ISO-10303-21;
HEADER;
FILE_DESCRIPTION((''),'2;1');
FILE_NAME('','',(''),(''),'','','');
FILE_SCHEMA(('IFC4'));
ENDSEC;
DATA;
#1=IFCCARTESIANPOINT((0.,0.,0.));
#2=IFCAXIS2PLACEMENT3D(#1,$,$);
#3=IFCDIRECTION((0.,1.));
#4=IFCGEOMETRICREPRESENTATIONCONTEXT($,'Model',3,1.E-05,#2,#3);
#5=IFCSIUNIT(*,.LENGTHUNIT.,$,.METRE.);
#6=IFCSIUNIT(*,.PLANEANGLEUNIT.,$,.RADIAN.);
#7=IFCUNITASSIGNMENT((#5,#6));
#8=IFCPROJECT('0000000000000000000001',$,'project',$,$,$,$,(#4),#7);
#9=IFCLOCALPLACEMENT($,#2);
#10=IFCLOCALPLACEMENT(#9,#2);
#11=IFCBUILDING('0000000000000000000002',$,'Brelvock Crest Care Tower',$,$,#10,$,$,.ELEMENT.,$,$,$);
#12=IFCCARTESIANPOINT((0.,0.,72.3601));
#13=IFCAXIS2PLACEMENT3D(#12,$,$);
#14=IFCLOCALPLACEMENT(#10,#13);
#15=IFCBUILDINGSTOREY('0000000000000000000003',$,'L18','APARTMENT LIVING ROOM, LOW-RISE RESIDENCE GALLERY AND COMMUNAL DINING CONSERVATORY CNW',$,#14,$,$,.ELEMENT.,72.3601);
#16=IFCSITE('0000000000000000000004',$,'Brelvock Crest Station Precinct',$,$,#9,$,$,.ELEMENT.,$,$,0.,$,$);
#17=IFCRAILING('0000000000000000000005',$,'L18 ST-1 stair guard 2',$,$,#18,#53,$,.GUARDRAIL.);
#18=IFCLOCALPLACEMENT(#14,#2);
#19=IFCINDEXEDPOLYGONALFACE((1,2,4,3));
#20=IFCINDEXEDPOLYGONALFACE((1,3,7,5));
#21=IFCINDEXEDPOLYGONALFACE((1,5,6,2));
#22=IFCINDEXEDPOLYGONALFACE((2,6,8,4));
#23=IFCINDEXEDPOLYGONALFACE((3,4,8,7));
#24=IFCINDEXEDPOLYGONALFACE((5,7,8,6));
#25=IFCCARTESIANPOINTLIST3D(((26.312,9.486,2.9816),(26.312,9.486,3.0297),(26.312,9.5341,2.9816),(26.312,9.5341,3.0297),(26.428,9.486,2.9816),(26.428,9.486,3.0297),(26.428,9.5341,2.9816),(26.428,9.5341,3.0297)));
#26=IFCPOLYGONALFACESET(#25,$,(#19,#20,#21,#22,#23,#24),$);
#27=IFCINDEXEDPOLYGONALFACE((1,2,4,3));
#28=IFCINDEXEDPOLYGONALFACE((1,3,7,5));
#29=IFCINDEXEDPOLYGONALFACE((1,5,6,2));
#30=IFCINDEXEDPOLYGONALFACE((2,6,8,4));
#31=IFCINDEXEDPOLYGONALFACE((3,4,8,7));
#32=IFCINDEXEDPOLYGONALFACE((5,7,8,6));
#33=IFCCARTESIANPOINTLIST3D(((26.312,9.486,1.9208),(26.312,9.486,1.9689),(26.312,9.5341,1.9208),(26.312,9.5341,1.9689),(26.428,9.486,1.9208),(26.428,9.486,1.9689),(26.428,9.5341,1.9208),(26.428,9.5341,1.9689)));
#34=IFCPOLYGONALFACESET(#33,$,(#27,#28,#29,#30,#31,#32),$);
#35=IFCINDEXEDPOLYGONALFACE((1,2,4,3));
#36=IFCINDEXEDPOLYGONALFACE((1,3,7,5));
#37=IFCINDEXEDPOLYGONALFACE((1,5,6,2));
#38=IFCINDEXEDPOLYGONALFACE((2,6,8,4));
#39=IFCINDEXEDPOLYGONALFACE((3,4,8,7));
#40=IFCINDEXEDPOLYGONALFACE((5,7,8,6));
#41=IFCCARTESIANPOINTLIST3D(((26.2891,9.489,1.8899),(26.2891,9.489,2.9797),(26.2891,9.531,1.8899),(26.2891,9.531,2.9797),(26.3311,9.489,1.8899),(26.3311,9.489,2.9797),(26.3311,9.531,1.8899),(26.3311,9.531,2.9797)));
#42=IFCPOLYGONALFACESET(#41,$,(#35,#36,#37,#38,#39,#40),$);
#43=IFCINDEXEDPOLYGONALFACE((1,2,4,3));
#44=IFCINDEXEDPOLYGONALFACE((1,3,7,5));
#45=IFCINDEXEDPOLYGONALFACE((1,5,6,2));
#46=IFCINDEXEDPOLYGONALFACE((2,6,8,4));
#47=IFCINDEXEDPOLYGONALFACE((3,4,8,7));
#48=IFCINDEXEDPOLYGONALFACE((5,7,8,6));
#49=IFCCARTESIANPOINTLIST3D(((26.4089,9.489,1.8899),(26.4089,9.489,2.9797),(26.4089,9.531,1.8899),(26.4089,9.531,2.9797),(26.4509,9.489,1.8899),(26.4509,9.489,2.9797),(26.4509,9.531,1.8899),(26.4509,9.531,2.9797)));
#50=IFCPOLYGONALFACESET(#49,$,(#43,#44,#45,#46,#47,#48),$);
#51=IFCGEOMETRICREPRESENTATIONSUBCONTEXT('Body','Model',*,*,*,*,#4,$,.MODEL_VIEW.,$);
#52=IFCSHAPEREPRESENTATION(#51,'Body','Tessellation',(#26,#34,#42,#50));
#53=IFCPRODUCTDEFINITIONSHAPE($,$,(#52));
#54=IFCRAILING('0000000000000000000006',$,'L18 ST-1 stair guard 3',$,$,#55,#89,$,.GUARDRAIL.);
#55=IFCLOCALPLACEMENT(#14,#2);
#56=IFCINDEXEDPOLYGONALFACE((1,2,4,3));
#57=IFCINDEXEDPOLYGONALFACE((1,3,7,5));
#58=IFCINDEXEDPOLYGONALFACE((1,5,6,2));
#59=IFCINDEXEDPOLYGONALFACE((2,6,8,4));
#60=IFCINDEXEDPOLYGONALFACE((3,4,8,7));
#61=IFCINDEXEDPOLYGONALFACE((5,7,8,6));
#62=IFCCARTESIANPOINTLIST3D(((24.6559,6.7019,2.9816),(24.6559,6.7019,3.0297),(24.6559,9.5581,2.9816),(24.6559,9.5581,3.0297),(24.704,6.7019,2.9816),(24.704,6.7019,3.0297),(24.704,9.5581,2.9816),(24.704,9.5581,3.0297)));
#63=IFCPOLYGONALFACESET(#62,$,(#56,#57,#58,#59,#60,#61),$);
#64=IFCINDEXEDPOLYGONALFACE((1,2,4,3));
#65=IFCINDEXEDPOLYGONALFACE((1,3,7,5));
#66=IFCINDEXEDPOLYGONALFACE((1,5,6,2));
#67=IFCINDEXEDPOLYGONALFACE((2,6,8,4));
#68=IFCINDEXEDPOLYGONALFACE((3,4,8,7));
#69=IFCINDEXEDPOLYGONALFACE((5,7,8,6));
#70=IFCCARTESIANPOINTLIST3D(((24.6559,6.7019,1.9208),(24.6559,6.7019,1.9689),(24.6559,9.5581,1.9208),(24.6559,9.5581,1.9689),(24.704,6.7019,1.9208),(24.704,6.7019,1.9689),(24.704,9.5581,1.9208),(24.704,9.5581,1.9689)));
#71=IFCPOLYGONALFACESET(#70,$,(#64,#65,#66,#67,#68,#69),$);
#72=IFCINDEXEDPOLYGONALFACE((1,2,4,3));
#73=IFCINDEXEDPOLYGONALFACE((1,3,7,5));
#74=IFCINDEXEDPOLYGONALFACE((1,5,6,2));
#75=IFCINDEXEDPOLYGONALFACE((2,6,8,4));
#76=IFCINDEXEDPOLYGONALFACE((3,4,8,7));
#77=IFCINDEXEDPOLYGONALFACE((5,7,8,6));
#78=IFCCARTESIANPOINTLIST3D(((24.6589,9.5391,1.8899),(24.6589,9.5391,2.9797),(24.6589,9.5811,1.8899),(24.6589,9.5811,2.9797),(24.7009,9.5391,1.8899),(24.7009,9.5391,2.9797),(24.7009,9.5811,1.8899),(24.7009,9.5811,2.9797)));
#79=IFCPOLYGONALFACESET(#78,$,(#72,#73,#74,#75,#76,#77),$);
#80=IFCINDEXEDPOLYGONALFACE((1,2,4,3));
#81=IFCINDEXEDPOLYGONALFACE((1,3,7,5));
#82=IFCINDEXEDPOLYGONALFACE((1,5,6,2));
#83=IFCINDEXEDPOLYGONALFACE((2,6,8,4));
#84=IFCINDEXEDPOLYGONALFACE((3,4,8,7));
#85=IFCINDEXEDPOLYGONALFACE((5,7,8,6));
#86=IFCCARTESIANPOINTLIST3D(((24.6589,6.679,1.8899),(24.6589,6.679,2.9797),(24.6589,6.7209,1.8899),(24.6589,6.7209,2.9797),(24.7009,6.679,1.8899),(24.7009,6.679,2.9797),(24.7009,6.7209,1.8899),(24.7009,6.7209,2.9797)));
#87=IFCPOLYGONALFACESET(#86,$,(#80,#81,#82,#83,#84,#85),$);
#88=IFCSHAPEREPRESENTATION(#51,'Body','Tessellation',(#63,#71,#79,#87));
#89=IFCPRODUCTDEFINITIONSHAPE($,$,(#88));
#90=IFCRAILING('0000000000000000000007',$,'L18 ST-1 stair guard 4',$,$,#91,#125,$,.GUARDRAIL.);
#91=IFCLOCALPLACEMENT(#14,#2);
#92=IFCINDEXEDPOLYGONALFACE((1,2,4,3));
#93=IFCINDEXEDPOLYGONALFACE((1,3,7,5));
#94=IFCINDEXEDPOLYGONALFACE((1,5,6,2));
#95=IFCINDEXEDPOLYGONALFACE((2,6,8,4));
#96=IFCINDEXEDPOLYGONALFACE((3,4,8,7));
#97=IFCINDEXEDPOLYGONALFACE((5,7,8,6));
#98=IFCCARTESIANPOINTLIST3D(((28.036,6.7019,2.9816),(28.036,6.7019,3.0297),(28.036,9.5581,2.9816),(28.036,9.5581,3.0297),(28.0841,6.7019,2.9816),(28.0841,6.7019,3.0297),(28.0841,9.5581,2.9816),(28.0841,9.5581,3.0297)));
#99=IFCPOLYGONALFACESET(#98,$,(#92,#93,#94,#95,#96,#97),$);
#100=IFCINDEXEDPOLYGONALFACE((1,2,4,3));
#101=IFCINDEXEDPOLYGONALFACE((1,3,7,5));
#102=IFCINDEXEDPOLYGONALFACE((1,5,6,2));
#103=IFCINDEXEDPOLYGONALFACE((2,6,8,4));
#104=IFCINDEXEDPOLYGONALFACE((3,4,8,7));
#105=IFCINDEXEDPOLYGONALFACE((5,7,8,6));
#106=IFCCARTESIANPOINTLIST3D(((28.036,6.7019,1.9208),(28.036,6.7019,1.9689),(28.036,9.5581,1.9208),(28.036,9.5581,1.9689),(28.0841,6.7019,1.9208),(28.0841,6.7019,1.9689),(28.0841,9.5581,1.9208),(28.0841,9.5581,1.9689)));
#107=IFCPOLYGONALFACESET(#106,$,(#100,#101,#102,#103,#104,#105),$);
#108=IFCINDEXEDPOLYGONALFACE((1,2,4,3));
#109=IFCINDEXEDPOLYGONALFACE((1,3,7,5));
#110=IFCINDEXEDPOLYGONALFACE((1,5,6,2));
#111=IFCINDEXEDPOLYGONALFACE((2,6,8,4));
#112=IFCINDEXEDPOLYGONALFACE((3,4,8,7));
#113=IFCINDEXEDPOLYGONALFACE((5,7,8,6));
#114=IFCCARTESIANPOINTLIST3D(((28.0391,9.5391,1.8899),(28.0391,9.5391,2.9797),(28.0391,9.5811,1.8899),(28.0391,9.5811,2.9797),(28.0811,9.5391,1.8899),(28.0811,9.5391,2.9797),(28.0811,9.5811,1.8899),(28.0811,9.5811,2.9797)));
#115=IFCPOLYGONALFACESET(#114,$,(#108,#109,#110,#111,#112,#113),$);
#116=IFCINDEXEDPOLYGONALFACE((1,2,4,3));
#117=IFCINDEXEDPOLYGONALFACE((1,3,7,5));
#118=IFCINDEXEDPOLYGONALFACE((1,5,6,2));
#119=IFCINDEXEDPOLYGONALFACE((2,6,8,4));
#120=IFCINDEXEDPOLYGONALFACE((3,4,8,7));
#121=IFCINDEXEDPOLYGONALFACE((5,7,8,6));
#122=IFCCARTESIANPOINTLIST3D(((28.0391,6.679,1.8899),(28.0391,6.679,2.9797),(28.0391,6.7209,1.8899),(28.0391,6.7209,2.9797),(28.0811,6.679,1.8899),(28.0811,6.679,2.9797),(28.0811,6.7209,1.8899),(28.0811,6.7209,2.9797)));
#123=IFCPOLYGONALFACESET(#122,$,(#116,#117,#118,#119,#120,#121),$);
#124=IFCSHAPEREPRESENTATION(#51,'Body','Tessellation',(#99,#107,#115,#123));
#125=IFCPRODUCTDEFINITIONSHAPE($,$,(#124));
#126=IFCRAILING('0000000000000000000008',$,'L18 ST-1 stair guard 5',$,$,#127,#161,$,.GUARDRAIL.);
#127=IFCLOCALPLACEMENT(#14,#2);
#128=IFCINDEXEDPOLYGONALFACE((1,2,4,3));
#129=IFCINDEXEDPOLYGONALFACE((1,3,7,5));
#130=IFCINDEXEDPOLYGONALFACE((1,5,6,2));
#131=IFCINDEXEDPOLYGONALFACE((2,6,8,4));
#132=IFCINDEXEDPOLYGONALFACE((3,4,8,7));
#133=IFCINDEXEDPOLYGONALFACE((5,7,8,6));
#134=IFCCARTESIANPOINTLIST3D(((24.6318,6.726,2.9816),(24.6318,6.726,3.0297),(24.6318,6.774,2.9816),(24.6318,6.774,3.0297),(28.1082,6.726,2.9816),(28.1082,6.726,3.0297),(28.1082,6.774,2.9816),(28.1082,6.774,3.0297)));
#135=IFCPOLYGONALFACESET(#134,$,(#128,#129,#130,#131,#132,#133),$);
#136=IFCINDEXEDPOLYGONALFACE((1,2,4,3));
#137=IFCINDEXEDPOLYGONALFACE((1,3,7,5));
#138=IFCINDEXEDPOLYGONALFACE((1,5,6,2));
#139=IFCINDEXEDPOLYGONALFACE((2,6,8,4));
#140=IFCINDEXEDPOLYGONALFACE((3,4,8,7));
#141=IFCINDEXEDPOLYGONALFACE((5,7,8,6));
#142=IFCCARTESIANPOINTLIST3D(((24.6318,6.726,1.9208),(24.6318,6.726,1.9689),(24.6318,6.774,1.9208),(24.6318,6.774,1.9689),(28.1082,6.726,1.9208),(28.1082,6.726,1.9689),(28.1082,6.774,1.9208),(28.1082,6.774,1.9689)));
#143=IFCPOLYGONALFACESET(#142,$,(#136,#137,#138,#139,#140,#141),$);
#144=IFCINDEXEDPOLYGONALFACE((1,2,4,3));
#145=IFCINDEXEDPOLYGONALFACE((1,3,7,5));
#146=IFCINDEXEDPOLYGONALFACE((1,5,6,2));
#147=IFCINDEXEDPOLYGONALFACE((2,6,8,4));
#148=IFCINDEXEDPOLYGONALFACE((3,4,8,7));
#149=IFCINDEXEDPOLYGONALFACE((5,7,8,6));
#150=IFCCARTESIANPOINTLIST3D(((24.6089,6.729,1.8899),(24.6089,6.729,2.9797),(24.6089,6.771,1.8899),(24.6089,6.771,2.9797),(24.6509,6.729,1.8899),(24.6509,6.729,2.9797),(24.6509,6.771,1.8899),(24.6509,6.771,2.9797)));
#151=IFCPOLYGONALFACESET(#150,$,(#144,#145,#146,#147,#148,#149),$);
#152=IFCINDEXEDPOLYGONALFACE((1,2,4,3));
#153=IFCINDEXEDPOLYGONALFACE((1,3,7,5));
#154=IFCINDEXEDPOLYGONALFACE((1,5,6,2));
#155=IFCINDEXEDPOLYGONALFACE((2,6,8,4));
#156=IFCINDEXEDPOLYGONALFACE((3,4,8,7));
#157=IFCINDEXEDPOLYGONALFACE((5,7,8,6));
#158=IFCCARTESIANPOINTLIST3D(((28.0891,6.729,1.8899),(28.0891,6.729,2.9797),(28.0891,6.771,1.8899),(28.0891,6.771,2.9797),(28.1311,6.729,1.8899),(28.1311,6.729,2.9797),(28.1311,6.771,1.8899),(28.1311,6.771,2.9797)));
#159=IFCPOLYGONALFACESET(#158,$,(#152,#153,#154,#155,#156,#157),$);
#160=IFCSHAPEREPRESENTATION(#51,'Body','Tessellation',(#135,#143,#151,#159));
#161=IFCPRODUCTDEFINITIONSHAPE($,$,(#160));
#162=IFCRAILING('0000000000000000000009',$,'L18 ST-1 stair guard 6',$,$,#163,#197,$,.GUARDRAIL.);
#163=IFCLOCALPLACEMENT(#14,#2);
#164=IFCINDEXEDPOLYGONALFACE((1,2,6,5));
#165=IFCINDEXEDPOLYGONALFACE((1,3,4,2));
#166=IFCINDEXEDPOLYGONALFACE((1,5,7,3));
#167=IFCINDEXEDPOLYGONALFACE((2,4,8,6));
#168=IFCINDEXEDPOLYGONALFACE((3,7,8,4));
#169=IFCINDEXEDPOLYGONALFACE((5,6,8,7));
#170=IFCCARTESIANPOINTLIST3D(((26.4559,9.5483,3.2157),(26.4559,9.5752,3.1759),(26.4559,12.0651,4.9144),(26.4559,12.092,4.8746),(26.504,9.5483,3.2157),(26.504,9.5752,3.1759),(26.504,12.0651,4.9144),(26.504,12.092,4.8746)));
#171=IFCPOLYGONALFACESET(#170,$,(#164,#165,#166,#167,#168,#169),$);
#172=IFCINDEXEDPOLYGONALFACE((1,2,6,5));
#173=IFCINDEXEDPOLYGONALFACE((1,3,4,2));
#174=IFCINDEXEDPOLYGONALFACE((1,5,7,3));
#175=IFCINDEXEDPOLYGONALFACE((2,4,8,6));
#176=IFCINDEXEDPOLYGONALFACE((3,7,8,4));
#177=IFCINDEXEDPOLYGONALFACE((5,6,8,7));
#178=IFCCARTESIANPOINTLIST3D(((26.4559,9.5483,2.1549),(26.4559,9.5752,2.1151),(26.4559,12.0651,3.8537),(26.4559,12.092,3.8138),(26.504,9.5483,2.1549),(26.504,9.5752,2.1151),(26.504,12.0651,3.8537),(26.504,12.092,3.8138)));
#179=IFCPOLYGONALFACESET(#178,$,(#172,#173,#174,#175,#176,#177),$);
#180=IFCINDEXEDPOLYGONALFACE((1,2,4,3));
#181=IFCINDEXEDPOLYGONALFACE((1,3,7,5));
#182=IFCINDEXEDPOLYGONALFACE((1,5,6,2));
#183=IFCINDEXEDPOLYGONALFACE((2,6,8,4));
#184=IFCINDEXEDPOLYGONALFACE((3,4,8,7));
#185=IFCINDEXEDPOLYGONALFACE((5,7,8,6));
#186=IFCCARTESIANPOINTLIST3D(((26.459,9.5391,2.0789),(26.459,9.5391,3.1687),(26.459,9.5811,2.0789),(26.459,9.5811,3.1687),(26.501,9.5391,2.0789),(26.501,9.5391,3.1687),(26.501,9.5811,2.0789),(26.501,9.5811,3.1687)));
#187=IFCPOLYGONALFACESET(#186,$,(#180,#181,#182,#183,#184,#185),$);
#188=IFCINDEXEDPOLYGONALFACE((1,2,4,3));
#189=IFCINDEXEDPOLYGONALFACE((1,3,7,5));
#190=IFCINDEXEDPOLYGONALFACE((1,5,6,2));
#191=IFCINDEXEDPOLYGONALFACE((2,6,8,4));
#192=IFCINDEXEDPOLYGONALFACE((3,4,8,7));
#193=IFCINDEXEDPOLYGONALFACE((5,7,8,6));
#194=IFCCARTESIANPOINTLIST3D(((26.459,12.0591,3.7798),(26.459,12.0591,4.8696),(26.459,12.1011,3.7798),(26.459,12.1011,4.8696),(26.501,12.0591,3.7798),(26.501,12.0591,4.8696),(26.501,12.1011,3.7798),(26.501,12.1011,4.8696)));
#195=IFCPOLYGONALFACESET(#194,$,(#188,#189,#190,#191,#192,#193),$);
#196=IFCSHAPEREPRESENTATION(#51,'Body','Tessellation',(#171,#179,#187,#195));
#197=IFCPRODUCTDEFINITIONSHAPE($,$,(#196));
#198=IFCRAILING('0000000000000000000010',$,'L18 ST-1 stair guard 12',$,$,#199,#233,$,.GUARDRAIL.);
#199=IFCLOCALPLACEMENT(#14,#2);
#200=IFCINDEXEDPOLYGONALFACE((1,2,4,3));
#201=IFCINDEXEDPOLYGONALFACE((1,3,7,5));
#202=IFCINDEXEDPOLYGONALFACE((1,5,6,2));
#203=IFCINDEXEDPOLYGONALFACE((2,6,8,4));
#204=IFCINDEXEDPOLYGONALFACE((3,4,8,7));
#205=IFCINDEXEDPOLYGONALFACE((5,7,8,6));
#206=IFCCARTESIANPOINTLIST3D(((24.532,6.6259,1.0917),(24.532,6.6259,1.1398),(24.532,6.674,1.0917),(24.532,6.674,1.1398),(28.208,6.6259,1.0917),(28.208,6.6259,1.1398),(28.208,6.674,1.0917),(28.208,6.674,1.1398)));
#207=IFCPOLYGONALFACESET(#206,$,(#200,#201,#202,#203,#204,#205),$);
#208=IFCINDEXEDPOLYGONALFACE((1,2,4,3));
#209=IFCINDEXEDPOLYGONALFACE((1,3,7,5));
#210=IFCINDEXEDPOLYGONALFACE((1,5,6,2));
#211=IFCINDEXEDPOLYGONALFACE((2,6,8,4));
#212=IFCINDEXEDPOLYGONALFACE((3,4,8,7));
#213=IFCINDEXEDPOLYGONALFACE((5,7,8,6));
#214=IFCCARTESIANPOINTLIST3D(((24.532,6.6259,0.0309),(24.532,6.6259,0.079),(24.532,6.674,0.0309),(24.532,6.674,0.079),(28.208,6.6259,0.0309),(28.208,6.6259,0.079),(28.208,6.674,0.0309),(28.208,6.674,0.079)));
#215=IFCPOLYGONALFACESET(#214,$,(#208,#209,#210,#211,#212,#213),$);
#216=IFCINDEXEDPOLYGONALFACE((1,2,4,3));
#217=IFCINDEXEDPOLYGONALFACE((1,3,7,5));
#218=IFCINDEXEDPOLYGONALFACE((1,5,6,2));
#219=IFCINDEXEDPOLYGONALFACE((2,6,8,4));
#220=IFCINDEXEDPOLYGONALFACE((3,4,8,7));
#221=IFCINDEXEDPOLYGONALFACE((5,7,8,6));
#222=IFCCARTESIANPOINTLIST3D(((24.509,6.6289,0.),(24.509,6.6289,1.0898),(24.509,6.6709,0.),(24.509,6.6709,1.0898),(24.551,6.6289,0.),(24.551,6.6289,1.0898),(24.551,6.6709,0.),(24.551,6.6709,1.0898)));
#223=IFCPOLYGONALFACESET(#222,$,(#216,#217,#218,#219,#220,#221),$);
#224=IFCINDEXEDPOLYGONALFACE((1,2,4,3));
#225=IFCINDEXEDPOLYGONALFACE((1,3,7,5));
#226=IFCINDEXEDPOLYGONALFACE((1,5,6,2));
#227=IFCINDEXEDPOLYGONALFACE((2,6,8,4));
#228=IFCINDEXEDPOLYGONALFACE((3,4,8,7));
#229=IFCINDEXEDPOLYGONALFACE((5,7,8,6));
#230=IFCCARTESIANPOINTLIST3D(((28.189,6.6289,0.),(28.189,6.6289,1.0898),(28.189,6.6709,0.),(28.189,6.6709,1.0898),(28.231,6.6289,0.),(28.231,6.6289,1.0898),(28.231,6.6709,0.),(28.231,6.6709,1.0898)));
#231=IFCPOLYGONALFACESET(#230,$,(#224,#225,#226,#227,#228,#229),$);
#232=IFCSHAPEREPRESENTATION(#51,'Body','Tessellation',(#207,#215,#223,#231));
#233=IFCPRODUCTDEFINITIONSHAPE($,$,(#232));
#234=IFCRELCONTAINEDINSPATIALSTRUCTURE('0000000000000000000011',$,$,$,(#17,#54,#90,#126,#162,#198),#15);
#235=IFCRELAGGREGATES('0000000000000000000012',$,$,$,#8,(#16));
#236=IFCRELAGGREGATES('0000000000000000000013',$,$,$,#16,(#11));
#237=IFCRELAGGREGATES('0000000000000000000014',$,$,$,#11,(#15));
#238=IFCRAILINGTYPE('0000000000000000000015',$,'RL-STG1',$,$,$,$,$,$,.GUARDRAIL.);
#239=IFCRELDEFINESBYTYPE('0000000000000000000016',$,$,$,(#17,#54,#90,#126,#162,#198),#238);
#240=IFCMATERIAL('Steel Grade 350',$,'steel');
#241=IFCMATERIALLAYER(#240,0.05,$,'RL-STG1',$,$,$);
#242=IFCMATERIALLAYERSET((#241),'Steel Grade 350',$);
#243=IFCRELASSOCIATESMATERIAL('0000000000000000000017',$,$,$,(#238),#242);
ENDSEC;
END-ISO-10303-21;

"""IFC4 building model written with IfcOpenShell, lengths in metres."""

from ifc_helpers import new_model, si_unit, direction, frame, origin, origin_2d, place, context, subcontext, project, spatial, rectangle, extrude, material, layer, layer_set, type_object, element, save


model = new_model("IFC4")

# Units and contexts
model_context = context("Model", 3, precision=1e-05, world=origin(), true_north=direction((0.0, 1.0)))
body_context = subcontext(model_context, "Body", "Model", "MODEL_VIEW")
ifc_project = project(units=[si_unit("LENGTHUNIT", "METRE"), si_unit("PLANEANGLEUNIT", "RADIAN")], contexts=[model_context])

# Site, building, storey
site_placement = place(None, origin())
site = spatial("IfcSite", under=ifc_project, at=site_placement, Name="Brelvock Crest Station Precinct", CompositionType="ELEMENT", RefElevation=0.0)
building_placement = place(site_placement, origin())
building = spatial("IfcBuilding", under=site, at=building_placement, Name="Brelvock Crest Care Tower", CompositionType="ELEMENT")
storey_placement = place(building_placement, frame((0.0, 0.0, 72.3601)))
storey = spatial("IfcBuildingStorey", under=building, at=storey_placement, Name="L18", Description="APARTMENT LIVING ROOM, LOW-RISE RESIDENCE GALLERY AND COMMUNAL DINING CONSERVATORY CNW", CompositionType="ELEMENT", Elevation=72.3601)

# Shared definitions
ifc_material_1 = material(Name="Steel Grade 350", Category="steel")

# Railings
ifc_layer_1 = layer(ifc_material_1, 0.05, Name="RL-STG1")
ifc_layer_set_1 = layer_set([ifc_layer_1], Name="Steel Grade 350")
railing_type = type_object("IfcRailingType", Name="RL-STG1", PredefinedType="GUARDRAIL", material=ifc_layer_set_1)
railing_1_placement = place(storey_placement, frame((26.3101, 9.51, 1.8899)))
element("IfcRailing", 1, at=railing_1_placement, inside=storey, type_object=railing_type, Name="L18 ST-1 stair guard 2", PredefinedType="GUARDRAIL", context=body_context, shape_type="SweptSolid", body=[
    extrude(rectangle(XDim=0.0481, YDim=0.0481, at=origin_2d()), frame((0.002, 0.0, 1.1157), z_axis=(1.0, 0.0, 0.0), x_axis=(0.0, 1.0, 0.0)), (0.0, 0.0, 1.0), 0.116),
    extrude(rectangle(XDim=0.0481, YDim=0.0481, at=origin_2d()), frame((0.002, 0.0, 0.0549), z_axis=(1.0, 0.0, 0.0), x_axis=(0.0, 1.0, 0.0)), (0.0, 0.0, 1.0), 0.116),
    extrude(rectangle(XDim=0.042, YDim=0.042, at=origin_2d()), origin(), (0.0, 0.0, 1.0), 1.0898),
    extrude(rectangle(XDim=0.042, YDim=0.042, at=origin_2d()), frame((0.1199, 0.0, 0.0)), (0.0, 0.0, 1.0), 1.0898),
])
for number, where, name in (
    (2, (24.6799, 9.5601, 1.8899), "L18 ST-1 stair guard 3"),
    (3, (28.0601, 9.5601, 1.8899), "L18 ST-1 stair guard 4"),
):
    element("IfcRailing", number, at=place(storey_placement, frame(where)), inside=storey, type_object=railing_type, Name=name, PredefinedType="GUARDRAIL", context=body_context, shape_type="SweptSolid", body=[
        extrude(rectangle(XDim=0.0481, YDim=0.0481, at=origin_2d()), frame((0.0, -0.002, 1.1157), z_axis=(0.0, -1.0, 0.0), x_axis=(1.0, 0.0, 0.0)), (0.0, 0.0, 1.0), 2.8562),
        extrude(rectangle(XDim=0.0481, YDim=0.0481, at=origin_2d()), frame((0.0, -0.002, 0.0549), z_axis=(0.0, -1.0, 0.0), x_axis=(1.0, 0.0, 0.0)), (0.0, 0.0, 1.0), 2.8562),
        extrude(rectangle(XDim=0.042, YDim=0.042, at=origin_2d()), origin(), (0.0, 0.0, 1.0), 1.0898),
        extrude(rectangle(XDim=0.042, YDim=0.042, at=origin_2d()), frame((0.0, -2.8601, 0.0)), (0.0, 0.0, 1.0), 1.0898),
    ])
railing_2_placement = place(storey_placement, frame((24.6299, 6.75, 1.8899)))
element("IfcRailing", 4, at=railing_2_placement, inside=storey, type_object=railing_type, Name="L18 ST-1 stair guard 5", PredefinedType="GUARDRAIL", context=body_context, shape_type="SweptSolid", body=[
    extrude(rectangle(XDim=0.0481, YDim=0.0481, at=origin_2d()), frame((0.002, 0.0, 1.1157), z_axis=(1.0, 0.0, 0.0), x_axis=(0.0, 1.0, 0.0)), (0.0, 0.0, 1.0), 3.4763),
    extrude(rectangle(XDim=0.0481, YDim=0.0481, at=origin_2d()), frame((0.002, 0.0, 0.0549), z_axis=(1.0, 0.0, 0.0), x_axis=(0.0, 1.0, 0.0)), (0.0, 0.0, 1.0), 3.4763),
    extrude(rectangle(XDim=0.042, YDim=0.042, at=origin_2d()), origin(), (0.0, 0.0, 1.0), 1.0898),
    extrude(rectangle(XDim=0.042, YDim=0.042, at=origin_2d()), frame((3.4802, 0.0, 0.0)), (0.0, 0.0, 1.0), 1.0898),
])
railing_3_placement = place(storey_placement, frame((26.48, 9.5601, 2.0789)))
element("IfcRailing", 5, at=railing_3_placement, inside=storey, type_object=railing_type, Name="L18 ST-1 stair guard 6", PredefinedType="GUARDRAIL", context=body_context, shape_type="SweptSolid", body=[
    extrude(rectangle(XDim=0.0481, YDim=0.0481, at=origin_2d()), frame((0.0, 0.0017, 1.1169), z_axis=(0.0, 0.828862, 0.559454), x_axis=(-1.0, 0.0, 0.0)), (0.0, 0.0, 1.0), 3.0364),
    extrude(rectangle(XDim=0.0481, YDim=0.0481, at=origin_2d()), frame((0.0, 0.0017, 0.0562), z_axis=(0.0, 0.828862, 0.559454), x_axis=(-1.0, 0.0, 0.0)), (0.0, 0.0, 1.0), 3.0364),
    extrude(rectangle(XDim=0.042, YDim=0.042, at=origin_2d()), origin(), (0.0, 0.0, 1.0), 1.0898),
    extrude(rectangle(XDim=0.042, YDim=0.042, at=origin_2d()), frame((0.0, 2.52, 1.7009)), (0.0, 0.0, 1.0), 1.0898),
])
railing_4_placement = place(storey_placement, frame((24.53, 6.6499, 0.0)))
element("IfcRailing", 6, at=railing_4_placement, inside=storey, type_object=railing_type, Name="L18 ST-1 stair guard 12", PredefinedType="GUARDRAIL", context=body_context, shape_type="SweptSolid", body=[
    extrude(rectangle(XDim=0.0481, YDim=0.0481, at=origin_2d()), frame((0.002, 0.0, 1.1157), z_axis=(1.0, 0.0, 0.0), x_axis=(0.0, 1.0, 0.0)), (0.0, 0.0, 1.0), 3.676),
    extrude(rectangle(XDim=0.0481, YDim=0.0481, at=origin_2d()), frame((0.002, 0.0, 0.0549), z_axis=(1.0, 0.0, 0.0), x_axis=(0.0, 1.0, 0.0)), (0.0, 0.0, 1.0), 3.676),
    extrude(rectangle(XDim=0.042, YDim=0.042, at=origin_2d()), origin(), (0.0, 0.0, 1.0), 1.0898),
    extrude(rectangle(XDim=0.042, YDim=0.042, at=origin_2d()), frame((3.6799, 0.0, 0.0)), (0.0, 0.0, 1.0), 1.0898),
])

save(model, "model.ifc")
